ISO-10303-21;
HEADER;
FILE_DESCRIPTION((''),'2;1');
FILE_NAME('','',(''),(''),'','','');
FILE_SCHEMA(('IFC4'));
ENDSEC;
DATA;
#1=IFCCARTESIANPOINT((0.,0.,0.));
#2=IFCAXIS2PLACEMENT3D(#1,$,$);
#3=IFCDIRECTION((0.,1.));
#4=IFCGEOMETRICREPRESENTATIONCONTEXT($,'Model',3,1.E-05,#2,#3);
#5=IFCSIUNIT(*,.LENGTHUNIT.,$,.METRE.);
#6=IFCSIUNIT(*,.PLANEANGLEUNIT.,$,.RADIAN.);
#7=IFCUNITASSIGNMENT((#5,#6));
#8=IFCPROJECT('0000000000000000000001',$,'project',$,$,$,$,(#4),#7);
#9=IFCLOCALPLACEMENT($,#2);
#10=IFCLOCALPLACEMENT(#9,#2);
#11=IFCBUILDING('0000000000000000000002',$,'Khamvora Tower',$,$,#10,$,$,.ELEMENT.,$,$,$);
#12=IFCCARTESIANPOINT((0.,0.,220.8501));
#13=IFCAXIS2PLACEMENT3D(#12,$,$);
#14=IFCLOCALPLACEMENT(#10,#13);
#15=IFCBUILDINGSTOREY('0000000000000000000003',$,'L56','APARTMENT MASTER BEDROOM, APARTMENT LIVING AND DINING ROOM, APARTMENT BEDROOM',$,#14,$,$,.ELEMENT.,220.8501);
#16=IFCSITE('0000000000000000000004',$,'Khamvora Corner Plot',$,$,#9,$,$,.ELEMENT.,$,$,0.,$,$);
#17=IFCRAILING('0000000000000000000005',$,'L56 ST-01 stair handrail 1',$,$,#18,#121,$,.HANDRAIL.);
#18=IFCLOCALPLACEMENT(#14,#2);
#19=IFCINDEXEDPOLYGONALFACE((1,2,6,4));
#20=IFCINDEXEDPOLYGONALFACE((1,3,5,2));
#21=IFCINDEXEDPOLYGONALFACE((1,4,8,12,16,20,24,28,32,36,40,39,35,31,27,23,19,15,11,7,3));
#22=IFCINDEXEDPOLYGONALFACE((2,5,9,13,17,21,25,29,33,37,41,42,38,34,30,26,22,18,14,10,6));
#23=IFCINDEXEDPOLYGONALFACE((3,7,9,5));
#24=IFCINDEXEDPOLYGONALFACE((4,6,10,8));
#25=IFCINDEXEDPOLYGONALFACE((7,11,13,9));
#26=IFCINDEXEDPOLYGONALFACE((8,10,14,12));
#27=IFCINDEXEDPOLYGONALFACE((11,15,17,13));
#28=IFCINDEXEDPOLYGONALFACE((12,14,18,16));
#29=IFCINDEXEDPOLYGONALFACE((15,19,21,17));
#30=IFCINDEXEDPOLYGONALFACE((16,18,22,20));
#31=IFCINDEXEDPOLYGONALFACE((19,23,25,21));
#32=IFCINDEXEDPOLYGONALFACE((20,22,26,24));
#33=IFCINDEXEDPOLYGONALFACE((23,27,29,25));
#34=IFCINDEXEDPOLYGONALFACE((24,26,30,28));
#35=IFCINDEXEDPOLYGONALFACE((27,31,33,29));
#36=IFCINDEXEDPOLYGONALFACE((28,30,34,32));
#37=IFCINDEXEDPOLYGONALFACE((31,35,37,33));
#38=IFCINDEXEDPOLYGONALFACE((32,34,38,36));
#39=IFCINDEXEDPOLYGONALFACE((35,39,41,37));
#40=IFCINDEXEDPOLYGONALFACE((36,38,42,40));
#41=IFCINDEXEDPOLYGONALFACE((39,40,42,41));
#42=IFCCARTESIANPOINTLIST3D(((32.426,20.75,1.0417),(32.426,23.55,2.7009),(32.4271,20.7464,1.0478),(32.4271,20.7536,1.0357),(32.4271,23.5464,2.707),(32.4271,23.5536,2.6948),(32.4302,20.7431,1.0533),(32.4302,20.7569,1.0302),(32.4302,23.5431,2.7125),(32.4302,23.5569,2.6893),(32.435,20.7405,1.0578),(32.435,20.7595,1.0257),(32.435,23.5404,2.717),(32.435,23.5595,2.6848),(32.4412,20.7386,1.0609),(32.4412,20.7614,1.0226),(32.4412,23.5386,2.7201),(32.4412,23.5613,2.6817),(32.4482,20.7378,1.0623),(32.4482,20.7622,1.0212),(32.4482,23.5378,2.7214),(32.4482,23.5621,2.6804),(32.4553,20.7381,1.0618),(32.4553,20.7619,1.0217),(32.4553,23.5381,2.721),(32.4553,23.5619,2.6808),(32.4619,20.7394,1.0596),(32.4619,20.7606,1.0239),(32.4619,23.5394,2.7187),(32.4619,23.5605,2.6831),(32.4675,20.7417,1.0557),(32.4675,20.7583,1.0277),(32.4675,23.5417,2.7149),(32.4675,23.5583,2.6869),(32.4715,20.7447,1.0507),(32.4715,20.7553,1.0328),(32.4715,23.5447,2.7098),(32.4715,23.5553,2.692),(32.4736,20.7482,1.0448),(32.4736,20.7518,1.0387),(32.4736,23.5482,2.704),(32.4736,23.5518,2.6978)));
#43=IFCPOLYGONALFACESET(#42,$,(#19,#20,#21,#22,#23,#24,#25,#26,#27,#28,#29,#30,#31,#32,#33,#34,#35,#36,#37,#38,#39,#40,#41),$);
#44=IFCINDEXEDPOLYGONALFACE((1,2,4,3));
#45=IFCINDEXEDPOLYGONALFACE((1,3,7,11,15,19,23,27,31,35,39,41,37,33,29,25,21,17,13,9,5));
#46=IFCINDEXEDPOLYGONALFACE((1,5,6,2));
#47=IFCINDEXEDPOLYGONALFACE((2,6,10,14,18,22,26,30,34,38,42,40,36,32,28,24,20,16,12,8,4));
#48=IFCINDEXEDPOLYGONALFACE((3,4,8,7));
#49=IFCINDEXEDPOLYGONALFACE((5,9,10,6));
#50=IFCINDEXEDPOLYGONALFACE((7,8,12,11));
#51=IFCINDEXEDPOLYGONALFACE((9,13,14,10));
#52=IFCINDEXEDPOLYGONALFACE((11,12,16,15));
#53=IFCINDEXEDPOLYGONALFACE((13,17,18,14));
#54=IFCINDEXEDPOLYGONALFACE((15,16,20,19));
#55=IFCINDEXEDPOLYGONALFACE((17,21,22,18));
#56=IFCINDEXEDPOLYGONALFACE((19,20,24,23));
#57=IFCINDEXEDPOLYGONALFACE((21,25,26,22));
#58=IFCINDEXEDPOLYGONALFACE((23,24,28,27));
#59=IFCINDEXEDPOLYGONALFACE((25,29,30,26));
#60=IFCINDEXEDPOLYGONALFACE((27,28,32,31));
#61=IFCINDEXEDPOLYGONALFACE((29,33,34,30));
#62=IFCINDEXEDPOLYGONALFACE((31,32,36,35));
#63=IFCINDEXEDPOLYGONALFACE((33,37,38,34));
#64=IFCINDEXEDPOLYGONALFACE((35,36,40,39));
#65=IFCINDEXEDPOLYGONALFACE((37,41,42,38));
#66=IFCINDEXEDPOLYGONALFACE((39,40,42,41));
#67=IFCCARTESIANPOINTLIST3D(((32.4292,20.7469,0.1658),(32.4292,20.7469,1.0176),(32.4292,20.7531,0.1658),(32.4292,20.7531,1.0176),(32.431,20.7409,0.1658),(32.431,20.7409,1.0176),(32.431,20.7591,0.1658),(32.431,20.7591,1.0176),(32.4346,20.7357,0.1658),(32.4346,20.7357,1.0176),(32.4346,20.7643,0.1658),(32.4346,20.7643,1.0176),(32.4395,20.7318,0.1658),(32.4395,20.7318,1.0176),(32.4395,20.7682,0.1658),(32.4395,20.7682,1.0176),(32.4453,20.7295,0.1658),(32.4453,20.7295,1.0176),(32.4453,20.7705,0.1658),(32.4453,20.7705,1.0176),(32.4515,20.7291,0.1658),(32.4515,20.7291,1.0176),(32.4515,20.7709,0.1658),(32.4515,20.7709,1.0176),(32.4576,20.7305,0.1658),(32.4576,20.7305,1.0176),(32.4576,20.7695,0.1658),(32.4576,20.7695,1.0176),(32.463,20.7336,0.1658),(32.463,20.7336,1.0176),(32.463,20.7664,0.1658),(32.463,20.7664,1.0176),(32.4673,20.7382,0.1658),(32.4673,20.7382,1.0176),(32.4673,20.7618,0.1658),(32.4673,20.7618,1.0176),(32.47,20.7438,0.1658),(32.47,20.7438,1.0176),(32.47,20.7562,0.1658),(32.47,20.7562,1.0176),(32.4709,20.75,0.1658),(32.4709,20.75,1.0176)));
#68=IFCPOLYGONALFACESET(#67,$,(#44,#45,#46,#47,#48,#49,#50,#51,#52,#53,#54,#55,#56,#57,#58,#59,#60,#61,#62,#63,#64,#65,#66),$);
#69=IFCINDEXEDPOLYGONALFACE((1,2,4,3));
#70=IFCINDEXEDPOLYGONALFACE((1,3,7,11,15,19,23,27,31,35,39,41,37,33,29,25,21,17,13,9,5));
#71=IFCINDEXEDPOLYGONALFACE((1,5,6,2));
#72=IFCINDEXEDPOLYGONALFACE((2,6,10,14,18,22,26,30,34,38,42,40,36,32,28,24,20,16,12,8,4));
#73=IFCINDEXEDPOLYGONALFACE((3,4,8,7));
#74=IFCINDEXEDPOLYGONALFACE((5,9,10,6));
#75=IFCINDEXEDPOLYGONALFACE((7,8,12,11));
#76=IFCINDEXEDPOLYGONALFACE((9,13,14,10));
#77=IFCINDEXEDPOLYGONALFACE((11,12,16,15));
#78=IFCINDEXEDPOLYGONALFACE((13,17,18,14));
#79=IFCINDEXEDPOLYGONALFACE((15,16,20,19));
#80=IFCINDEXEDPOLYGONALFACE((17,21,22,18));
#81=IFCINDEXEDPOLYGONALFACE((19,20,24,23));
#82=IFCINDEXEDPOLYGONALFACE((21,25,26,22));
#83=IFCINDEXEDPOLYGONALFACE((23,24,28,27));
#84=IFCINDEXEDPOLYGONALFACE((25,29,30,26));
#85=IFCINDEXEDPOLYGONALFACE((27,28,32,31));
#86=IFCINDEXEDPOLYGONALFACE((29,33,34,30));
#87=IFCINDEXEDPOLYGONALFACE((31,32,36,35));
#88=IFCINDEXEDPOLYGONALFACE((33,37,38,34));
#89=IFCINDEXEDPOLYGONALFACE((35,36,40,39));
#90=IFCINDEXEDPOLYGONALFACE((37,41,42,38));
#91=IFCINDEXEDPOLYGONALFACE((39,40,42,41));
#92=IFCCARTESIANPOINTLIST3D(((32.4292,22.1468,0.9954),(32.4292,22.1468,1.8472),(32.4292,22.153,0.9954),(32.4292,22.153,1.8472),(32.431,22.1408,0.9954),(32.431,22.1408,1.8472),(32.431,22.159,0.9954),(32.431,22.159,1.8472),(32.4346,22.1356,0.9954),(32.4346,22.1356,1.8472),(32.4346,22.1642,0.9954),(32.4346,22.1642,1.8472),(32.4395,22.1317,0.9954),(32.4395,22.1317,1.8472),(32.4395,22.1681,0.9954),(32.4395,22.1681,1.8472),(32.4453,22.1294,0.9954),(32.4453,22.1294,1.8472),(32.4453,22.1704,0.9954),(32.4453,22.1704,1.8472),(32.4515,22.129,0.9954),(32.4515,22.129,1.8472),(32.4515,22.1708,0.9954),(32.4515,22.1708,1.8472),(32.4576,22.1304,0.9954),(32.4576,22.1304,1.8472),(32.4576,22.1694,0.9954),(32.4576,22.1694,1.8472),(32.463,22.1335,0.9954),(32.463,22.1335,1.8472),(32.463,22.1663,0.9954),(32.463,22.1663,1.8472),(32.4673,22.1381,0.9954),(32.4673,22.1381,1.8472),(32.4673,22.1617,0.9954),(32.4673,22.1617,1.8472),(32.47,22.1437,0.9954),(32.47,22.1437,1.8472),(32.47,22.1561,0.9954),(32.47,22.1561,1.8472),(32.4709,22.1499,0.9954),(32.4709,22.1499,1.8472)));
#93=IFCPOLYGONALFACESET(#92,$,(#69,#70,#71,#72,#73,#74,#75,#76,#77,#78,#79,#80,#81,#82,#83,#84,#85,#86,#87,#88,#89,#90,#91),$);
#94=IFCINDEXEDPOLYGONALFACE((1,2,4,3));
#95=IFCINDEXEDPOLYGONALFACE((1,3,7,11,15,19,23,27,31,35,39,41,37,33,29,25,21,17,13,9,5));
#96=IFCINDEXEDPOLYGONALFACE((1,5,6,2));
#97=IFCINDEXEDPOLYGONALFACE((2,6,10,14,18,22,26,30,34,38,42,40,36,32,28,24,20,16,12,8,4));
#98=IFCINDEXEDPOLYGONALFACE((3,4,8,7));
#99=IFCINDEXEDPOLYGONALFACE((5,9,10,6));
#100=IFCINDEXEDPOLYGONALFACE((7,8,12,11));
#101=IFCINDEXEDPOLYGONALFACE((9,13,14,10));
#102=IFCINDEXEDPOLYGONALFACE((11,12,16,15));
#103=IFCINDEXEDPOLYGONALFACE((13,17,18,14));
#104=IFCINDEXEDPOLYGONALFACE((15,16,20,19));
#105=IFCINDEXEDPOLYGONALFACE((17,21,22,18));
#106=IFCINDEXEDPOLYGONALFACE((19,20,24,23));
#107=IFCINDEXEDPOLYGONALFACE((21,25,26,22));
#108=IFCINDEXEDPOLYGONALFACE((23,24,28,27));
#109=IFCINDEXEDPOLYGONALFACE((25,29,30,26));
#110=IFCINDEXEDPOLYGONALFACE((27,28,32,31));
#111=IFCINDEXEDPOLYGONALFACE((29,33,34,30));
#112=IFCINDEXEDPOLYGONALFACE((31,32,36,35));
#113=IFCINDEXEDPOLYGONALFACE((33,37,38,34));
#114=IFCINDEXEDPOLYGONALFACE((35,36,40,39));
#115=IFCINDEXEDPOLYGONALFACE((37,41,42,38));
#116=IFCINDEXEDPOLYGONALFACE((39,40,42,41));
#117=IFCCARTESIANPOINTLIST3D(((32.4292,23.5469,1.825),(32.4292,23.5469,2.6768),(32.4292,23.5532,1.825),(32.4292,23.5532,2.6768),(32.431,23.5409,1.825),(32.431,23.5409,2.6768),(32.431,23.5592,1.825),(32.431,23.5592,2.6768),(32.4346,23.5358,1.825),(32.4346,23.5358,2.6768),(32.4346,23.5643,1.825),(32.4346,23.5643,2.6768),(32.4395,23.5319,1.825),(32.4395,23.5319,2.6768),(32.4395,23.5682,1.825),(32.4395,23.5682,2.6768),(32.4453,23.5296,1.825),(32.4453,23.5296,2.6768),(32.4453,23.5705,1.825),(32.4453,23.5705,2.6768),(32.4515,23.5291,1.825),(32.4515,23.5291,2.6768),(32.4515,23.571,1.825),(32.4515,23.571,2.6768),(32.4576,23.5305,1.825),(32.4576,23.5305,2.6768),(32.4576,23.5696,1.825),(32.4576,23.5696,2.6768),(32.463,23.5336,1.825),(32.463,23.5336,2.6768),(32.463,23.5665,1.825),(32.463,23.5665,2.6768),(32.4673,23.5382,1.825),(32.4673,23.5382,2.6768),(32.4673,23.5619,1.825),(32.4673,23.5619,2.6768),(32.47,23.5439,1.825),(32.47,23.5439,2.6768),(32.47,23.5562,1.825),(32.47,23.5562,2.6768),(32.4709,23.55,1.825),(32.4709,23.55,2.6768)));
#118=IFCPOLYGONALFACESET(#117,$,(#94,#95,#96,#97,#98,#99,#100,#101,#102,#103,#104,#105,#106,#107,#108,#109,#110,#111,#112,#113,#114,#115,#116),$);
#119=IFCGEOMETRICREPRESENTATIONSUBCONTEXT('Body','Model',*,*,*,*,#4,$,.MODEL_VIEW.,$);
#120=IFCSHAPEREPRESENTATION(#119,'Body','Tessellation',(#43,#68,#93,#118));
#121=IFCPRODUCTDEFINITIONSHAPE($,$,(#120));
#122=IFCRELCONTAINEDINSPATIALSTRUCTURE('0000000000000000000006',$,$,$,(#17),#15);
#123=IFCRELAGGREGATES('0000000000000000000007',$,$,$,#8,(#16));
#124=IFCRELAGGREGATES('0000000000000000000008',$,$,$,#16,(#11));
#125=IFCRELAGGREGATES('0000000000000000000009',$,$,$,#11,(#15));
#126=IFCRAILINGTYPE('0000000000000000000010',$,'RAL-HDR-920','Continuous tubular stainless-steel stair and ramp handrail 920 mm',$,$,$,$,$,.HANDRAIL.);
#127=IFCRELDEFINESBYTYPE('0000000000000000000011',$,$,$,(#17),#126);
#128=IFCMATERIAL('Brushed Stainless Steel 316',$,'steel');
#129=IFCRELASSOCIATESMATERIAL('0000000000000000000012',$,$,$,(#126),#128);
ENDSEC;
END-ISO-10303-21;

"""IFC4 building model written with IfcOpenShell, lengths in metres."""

from ifc_helpers import new_model, si_unit, direction, frame, origin, origin_2d, place, context, subcontext, project, spatial, circle, extrude, material, type_object, element, save


model = new_model("IFC4")

# Units and contexts
model_context = context("Model", 3, precision=1e-05, world=origin(), true_north=direction((0.0, 1.0)))
body_context = subcontext(model_context, "Body", "Model", "MODEL_VIEW")
ifc_project = project(units=[si_unit("LENGTHUNIT", "METRE"), si_unit("PLANEANGLEUNIT", "RADIAN")], contexts=[model_context])

# Site, building, storey
site_placement = place(None, origin())
site = spatial("IfcSite", under=ifc_project, at=site_placement, Name="Khamvora Corner Plot", CompositionType="ELEMENT", RefElevation=0.0)
building_placement = place(site_placement, origin())
building = spatial("IfcBuilding", under=site, at=building_placement, Name="Khamvora Tower", CompositionType="ELEMENT")
storey_placement = place(building_placement, frame((0.0, 0.0, 220.8501)))
storey = spatial("IfcBuildingStorey", under=building, at=storey_placement, Name="L56", Description="APARTMENT MASTER BEDROOM, APARTMENT LIVING AND DINING ROOM, APARTMENT BEDROOM", CompositionType="ELEMENT", Elevation=220.8501)

# Railing
ifc_material_1 = material(Name="Brushed Stainless Steel 316", Category="steel")
railing_type_1 = type_object("IfcRailingType", Name="RAL-HDR-920", Description="Continuous tubular stainless-steel stair and ramp handrail 920 mm", PredefinedType="HANDRAIL", material=ifc_material_1)
railing_1_placement = place(storey_placement, frame((32.45, 20.75, 0.1658)))
element("IfcRailing", 1, at=railing_1_placement, inside=storey, type_object=railing_type_1, Name="L56 ST-01 stair handrail 1", PredefinedType="HANDRAIL", context=body_context, shape_type="SweptSolid", body=[
    extrude(circle(Radius=0.0239, at=origin_2d()), frame((0.0, 0.0, 0.876), z_axis=(0.0, 0.860306, 0.509778), x_axis=(-1.0, 0.0, 0.0)), (0.0, 0.0, 1.0), 3.2546),
    extrude(circle(Radius=0.021, at=origin_2d()), origin(), (0.0, 0.0, 1.0), 0.8518),
    extrude(circle(Radius=0.021, at=origin_2d()), frame((0.0, 1.3999, 0.8296)), (0.0, 0.0, 1.0), 0.8518),
    extrude(circle(Radius=0.021, at=origin_2d()), frame((0.0, 2.8, 1.6592)), (0.0, 0.0, 1.0), 0.8518),
])

save(model, "model.ifc")
